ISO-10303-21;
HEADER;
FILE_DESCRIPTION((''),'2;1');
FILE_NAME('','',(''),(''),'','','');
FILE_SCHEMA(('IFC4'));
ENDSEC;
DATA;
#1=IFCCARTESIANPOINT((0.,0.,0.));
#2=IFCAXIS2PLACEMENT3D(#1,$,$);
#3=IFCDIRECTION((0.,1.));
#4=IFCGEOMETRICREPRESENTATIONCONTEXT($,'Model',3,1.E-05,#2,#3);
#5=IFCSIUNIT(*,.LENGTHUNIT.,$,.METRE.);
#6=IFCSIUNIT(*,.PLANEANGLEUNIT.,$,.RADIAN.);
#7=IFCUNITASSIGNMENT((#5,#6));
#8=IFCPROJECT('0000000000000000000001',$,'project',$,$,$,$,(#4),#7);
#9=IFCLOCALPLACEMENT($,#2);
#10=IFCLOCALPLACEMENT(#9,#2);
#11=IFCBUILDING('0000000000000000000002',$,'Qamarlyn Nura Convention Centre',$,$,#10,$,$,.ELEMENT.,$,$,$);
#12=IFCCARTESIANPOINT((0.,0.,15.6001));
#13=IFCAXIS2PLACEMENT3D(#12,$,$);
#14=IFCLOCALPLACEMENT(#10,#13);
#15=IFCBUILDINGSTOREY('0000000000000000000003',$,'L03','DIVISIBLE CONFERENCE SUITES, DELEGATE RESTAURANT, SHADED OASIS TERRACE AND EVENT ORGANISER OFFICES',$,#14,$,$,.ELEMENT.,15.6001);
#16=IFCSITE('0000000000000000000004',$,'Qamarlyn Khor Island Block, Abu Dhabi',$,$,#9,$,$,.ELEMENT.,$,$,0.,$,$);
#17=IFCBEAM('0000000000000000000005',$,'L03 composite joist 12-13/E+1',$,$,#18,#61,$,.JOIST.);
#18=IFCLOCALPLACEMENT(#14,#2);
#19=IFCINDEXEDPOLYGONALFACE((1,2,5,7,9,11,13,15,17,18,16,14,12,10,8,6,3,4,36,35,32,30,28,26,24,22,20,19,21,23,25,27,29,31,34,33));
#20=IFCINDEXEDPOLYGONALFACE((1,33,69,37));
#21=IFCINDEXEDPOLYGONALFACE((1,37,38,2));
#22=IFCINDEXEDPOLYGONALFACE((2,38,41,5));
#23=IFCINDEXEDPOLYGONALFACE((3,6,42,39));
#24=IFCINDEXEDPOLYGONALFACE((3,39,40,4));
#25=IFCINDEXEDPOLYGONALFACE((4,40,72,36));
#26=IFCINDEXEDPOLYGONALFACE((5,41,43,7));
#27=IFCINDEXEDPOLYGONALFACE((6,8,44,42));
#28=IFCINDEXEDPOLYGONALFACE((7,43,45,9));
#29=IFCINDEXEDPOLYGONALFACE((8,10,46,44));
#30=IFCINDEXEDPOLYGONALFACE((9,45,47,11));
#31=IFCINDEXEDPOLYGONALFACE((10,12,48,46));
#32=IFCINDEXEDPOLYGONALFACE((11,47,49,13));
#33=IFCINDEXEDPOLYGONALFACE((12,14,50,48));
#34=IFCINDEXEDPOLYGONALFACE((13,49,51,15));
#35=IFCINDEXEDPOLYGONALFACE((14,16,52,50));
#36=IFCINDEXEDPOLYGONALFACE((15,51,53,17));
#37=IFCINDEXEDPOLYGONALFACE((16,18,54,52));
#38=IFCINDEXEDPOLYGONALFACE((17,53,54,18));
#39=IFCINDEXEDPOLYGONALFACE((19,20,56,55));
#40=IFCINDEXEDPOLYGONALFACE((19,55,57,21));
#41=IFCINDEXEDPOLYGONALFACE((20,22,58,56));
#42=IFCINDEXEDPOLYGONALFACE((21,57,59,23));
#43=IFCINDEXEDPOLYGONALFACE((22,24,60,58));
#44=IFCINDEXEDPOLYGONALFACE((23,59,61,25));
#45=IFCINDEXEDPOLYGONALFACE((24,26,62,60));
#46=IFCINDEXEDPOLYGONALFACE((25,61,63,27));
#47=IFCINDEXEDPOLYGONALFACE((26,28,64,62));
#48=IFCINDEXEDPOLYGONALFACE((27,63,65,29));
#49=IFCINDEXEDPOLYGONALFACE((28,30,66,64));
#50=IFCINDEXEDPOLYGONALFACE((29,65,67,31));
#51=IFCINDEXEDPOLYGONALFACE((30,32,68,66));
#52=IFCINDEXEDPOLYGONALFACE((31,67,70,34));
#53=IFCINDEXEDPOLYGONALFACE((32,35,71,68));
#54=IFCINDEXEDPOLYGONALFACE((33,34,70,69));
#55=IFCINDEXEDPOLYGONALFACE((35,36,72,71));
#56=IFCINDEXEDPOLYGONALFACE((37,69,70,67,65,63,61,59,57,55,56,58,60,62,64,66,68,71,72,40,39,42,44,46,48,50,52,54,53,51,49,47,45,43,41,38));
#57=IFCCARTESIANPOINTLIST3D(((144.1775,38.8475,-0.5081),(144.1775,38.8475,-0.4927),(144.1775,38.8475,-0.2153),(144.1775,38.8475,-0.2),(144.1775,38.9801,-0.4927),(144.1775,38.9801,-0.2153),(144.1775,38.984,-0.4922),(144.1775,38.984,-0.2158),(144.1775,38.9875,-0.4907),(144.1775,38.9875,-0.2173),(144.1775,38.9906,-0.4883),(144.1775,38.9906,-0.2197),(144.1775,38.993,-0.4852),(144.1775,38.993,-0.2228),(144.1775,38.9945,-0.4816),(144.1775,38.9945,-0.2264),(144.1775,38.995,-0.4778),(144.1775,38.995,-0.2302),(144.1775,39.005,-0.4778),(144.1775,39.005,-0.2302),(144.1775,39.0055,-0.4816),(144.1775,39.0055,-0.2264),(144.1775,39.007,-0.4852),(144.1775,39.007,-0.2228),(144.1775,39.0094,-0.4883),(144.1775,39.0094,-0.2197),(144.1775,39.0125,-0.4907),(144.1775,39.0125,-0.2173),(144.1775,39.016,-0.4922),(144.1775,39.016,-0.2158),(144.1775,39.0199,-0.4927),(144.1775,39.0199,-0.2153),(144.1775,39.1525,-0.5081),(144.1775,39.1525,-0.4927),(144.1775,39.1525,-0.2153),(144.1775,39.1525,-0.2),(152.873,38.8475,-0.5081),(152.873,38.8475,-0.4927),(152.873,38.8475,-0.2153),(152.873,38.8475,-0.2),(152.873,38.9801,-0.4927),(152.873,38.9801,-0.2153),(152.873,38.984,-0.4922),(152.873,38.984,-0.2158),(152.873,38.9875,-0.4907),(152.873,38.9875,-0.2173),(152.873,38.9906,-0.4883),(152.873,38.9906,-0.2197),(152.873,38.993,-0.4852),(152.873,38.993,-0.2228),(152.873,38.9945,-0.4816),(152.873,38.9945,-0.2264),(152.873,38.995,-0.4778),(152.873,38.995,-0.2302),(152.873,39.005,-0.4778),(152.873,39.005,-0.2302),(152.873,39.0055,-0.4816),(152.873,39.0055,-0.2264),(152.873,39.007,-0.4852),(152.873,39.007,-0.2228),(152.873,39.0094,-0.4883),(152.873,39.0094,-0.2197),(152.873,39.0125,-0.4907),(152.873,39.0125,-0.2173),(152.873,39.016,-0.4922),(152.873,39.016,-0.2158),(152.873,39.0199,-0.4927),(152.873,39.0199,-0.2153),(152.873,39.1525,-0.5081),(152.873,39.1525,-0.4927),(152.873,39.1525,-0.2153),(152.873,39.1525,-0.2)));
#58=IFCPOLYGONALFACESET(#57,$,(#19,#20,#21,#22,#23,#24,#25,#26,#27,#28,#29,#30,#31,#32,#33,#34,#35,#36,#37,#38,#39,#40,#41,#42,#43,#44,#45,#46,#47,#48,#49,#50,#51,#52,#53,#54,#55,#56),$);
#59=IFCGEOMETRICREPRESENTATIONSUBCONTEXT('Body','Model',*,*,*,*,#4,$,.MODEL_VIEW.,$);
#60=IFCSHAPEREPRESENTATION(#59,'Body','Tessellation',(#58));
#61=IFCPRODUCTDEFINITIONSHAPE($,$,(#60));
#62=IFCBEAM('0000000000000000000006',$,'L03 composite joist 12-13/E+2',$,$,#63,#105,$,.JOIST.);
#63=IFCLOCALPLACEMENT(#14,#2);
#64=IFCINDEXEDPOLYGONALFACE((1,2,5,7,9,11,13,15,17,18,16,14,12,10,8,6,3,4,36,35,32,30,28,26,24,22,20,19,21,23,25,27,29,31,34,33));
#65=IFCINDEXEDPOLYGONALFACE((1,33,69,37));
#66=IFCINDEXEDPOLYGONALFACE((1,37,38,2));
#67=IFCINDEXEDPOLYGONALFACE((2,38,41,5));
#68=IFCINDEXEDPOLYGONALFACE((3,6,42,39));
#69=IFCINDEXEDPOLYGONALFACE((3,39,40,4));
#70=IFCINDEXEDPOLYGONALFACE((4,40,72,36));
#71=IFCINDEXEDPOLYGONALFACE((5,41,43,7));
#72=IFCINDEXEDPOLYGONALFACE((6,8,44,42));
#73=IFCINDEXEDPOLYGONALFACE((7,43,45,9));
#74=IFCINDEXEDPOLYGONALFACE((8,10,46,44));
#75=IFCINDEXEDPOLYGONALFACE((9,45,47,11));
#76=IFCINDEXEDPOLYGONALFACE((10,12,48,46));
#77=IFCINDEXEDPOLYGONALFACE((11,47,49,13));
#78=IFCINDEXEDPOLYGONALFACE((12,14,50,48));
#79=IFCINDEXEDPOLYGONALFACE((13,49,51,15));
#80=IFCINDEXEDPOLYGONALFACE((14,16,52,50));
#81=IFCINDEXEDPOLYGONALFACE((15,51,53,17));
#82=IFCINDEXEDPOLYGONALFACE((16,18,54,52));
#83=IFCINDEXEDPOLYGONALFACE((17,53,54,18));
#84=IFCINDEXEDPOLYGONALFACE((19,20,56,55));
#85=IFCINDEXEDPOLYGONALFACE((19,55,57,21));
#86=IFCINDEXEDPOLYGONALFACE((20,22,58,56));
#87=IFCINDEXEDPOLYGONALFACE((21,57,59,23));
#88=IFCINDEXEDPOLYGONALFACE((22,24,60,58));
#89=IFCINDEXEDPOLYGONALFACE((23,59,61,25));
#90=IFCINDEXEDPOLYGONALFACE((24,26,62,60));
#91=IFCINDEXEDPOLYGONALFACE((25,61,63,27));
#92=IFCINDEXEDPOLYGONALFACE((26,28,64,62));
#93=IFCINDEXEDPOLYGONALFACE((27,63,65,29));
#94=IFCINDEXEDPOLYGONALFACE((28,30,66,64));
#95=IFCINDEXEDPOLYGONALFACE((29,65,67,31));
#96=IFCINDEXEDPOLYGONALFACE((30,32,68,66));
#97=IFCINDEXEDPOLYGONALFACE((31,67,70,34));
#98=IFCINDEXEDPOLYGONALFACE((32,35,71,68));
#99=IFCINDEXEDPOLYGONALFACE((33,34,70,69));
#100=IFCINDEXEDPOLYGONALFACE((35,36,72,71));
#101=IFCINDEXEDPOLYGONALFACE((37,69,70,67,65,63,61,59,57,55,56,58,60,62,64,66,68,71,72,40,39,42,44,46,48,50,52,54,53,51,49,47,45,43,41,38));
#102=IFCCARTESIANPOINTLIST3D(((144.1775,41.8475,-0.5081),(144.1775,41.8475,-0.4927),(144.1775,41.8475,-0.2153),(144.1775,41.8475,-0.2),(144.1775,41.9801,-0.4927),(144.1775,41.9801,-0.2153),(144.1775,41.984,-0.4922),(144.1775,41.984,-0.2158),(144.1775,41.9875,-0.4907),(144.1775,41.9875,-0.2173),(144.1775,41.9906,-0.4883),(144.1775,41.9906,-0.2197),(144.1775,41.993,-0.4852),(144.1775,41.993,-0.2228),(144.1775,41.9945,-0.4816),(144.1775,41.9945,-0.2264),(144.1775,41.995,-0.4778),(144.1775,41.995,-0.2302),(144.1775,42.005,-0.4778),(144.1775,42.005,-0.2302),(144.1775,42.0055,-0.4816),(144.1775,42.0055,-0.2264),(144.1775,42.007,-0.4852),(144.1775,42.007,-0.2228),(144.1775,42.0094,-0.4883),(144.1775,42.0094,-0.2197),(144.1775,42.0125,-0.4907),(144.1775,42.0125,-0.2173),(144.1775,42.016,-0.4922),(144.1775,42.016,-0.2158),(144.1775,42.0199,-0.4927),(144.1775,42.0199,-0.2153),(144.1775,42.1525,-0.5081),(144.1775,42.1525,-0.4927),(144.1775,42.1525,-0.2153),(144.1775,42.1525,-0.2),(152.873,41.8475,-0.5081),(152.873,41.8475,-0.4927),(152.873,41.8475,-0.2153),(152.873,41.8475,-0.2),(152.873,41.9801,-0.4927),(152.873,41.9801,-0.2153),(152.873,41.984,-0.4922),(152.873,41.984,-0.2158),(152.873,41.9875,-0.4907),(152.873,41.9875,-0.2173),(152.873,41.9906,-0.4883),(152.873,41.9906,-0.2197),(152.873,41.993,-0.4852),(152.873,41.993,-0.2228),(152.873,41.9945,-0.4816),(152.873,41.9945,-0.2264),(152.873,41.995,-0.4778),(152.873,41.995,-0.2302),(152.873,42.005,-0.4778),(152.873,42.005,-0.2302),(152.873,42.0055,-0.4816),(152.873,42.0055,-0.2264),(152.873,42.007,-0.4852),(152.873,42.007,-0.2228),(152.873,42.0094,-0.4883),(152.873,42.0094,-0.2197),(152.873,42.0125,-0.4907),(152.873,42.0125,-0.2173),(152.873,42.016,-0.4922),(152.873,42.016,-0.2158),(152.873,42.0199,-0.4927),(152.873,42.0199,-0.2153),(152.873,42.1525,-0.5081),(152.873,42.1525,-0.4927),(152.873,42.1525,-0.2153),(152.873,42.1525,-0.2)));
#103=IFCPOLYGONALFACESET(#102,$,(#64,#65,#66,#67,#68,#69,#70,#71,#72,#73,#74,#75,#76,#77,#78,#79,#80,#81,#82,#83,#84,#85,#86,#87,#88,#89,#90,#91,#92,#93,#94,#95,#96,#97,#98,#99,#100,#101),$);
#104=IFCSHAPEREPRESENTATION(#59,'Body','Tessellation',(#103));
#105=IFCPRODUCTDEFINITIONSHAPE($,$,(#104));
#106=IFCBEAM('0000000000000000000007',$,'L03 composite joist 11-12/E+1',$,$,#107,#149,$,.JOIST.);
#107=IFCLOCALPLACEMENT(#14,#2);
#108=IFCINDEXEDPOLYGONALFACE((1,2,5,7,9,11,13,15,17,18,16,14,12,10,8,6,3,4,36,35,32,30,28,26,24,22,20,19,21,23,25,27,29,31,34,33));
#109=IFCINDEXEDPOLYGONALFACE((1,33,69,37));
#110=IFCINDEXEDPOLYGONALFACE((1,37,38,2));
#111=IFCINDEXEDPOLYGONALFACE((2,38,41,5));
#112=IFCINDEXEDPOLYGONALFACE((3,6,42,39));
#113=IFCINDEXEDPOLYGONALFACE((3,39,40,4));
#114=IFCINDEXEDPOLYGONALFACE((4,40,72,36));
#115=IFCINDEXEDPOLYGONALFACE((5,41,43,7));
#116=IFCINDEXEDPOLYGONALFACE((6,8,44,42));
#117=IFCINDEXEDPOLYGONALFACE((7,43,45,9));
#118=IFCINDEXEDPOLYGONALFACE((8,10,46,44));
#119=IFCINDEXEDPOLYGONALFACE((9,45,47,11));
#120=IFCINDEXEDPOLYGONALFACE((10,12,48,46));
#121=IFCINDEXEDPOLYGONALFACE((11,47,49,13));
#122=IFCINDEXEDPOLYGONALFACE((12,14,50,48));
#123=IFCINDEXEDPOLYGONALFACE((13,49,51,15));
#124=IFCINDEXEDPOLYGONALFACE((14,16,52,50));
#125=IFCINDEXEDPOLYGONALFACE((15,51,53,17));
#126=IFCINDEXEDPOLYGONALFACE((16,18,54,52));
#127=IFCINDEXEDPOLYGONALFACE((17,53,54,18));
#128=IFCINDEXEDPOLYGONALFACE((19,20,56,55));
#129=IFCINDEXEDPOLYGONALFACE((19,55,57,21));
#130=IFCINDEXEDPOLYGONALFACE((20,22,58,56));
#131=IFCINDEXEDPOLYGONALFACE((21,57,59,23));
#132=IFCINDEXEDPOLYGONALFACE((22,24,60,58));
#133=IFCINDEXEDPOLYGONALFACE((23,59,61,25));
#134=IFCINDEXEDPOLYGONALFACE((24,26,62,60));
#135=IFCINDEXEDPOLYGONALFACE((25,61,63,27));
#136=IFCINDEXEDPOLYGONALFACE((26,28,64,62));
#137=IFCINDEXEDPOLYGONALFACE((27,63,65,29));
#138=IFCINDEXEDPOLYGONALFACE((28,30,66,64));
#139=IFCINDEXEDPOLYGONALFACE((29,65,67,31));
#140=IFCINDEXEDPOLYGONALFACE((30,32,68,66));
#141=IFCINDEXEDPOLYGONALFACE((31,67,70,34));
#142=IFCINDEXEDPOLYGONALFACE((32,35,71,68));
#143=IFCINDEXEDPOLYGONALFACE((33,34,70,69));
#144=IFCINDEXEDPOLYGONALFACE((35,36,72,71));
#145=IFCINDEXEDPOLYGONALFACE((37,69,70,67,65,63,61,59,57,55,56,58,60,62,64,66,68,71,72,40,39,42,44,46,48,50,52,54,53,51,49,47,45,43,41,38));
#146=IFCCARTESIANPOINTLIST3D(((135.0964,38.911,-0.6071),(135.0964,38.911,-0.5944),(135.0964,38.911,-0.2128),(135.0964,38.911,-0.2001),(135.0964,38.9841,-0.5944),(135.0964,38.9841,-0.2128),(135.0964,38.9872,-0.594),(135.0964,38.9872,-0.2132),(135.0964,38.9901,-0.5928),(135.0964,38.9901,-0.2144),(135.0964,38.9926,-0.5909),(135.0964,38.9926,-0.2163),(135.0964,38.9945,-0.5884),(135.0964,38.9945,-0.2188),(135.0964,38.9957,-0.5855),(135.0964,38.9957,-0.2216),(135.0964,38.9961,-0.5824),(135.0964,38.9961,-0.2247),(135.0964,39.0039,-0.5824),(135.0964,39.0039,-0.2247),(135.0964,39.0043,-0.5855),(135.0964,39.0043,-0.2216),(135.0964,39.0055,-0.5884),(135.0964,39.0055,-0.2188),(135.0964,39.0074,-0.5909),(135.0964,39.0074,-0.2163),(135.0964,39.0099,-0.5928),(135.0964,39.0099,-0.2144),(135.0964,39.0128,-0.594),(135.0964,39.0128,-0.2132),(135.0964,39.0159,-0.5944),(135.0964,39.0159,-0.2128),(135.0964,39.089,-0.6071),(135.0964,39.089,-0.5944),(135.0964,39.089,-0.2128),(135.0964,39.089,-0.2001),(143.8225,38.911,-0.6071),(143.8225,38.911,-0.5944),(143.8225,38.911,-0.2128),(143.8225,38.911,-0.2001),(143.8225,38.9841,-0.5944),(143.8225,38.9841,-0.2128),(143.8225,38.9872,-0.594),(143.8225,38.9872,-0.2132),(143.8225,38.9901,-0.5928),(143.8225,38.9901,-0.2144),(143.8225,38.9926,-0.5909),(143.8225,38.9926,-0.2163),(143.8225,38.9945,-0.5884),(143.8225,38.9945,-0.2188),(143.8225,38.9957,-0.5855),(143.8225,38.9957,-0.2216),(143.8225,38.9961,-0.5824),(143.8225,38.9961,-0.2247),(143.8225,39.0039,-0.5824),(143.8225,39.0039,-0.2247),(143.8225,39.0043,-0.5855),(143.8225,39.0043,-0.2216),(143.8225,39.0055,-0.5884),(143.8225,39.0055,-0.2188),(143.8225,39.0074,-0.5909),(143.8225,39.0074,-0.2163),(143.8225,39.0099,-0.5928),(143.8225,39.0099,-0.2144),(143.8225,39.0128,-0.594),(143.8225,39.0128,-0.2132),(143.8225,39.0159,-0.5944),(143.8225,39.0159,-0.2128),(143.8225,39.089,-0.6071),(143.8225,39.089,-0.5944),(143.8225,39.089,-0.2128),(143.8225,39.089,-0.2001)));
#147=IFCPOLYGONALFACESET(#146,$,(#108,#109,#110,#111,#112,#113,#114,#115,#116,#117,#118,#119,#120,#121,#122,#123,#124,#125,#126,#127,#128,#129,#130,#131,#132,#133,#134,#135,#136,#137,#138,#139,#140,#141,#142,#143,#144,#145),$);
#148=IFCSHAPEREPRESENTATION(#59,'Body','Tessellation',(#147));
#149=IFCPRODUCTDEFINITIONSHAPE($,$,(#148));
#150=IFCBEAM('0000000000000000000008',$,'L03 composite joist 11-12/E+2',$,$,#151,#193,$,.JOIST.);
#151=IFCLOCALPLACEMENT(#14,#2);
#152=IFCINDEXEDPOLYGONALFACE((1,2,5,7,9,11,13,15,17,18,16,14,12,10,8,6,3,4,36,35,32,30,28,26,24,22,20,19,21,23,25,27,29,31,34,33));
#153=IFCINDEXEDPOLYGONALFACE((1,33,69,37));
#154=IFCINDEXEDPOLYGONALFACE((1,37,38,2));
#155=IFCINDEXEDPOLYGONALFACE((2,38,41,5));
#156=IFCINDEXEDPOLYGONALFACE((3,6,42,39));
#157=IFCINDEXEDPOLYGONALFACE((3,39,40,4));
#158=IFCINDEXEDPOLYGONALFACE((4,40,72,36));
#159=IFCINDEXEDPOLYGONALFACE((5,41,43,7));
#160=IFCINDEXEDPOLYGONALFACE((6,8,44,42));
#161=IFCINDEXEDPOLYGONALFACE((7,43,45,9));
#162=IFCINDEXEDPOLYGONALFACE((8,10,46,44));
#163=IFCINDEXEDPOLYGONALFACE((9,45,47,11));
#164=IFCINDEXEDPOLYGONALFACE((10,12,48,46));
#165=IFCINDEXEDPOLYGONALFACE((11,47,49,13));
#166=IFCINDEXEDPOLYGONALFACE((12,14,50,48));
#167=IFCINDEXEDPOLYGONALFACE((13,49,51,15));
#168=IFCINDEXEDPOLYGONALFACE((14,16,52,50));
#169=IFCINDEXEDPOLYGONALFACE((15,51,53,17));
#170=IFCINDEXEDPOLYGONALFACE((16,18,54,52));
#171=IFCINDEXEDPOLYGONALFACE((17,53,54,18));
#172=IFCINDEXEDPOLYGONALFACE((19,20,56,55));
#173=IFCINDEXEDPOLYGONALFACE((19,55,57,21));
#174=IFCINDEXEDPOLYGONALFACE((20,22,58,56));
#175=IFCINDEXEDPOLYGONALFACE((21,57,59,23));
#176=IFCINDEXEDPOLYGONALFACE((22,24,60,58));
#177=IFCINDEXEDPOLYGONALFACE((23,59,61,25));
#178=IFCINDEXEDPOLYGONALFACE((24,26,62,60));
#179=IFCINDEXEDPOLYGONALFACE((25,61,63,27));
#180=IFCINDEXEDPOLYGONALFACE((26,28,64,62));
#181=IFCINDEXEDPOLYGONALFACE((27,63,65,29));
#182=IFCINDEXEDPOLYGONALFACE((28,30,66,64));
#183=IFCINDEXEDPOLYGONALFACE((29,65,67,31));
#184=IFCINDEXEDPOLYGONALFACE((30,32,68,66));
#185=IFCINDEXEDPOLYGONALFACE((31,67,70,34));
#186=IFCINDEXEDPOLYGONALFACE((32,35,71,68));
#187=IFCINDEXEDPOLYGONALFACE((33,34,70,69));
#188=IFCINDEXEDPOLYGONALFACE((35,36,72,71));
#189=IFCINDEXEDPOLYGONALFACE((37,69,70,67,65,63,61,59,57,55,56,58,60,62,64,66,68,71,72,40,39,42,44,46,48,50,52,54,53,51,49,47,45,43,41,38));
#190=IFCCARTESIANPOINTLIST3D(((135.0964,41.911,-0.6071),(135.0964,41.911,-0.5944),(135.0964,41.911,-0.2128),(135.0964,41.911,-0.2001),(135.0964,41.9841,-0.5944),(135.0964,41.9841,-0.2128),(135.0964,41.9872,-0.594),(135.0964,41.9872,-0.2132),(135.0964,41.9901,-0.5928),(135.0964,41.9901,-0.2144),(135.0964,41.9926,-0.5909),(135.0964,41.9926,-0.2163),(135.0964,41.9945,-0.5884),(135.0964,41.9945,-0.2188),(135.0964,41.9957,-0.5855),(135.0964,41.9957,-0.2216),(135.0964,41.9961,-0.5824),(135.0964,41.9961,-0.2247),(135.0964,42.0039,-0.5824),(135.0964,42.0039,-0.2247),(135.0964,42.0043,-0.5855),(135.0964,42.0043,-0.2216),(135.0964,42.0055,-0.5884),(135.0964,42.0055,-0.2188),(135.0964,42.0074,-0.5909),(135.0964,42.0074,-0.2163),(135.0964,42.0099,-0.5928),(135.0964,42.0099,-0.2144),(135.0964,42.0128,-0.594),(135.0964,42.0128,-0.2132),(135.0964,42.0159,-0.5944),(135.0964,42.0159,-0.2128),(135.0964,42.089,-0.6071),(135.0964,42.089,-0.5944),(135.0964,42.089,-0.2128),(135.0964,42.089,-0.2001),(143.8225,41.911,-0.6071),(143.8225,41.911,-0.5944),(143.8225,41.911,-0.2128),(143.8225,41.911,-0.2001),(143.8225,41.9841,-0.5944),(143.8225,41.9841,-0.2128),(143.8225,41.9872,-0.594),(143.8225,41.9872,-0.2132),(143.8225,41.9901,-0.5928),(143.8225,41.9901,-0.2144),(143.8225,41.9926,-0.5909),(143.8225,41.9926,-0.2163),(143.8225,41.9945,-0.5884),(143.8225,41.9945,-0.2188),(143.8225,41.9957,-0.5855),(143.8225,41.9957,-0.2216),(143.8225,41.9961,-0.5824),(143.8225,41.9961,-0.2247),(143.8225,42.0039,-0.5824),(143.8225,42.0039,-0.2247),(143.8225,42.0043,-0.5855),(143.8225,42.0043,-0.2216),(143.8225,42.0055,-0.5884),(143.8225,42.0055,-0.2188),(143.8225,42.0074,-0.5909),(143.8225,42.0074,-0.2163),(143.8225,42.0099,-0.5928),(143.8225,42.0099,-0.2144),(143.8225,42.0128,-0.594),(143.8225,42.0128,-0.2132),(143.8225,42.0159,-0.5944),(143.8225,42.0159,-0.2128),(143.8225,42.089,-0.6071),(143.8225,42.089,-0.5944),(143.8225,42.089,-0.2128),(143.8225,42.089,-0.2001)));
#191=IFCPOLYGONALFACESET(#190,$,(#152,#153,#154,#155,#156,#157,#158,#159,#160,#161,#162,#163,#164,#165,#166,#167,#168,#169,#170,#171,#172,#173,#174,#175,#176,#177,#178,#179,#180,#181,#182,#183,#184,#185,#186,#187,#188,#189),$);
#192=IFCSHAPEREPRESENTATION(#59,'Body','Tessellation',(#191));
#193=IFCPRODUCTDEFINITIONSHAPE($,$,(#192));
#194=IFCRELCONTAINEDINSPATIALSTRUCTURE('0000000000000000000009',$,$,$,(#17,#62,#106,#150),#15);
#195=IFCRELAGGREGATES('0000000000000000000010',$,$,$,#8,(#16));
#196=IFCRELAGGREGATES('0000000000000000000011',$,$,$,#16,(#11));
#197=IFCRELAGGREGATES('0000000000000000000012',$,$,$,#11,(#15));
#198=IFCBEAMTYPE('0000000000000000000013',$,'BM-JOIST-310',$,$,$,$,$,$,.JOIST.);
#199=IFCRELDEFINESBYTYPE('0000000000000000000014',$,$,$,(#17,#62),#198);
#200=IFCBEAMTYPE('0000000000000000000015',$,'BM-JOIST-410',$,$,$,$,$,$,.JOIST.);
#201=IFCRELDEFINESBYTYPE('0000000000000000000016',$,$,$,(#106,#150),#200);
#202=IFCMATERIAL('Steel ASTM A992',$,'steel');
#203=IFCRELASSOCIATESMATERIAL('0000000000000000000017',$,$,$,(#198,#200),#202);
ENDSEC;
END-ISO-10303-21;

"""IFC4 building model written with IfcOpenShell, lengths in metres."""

from ifc_helpers import new_model, si_unit, direction, frame, origin, origin_2d, place, context, subcontext, project, spatial, i_section, extrude, material, material_profile, profile_set, type_object, element, save


model = new_model("IFC4")

# Units and contexts
model_context = context("Model", 3, precision=1e-05, world=origin(), true_north=direction((0.0, 1.0)))
body_context = subcontext(model_context, "Body", "Model", "MODEL_VIEW")
ifc_project = project(units=[si_unit("LENGTHUNIT", "METRE"), si_unit("PLANEANGLEUNIT", "RADIAN")], contexts=[model_context])

# Site, building, storey
site_placement = place(None, origin())
site = spatial("IfcSite", under=ifc_project, at=site_placement, Name="Qamarlyn Khor Island Block, Abu Dhabi", CompositionType="ELEMENT", RefElevation=0.0)
building_placement = place(site_placement, origin())
building = spatial("IfcBuilding", under=site, at=building_placement, Name="Qamarlyn Nura Convention Centre", CompositionType="ELEMENT")
storey_placement = place(building_placement, frame((0.0, 0.0, 15.6001)))
storey = spatial("IfcBuildingStorey", under=building, at=storey_placement, Name="L03", Description="DIVISIBLE CONFERENCE SUITES, DELEGATE RESTAURANT, SHADED OASIS TERRACE AND EVENT ORGANISER OFFICES", CompositionType="ELEMENT", Elevation=15.6001)

# Shared definitions
ifc_material_1 = material(Name="Steel ASTM A992", Category="steel")

# Beams
ifc_material_profile_1 = material_profile(ifc_material_1, i_section(OverallWidth=0.3049, OverallDepth=0.3081, WebThickness=0.01, FlangeThickness=0.0154, FilletRadius=0.0149, at=origin_2d()), Name="W310X97")
ifc_profile_set_1 = profile_set([ifc_material_profile_1], Name="Steel ASTM A992")
beam_type_1 = type_object("IfcBeamType", Name="BM-JOIST-310", PredefinedType="JOIST", material=ifc_profile_set_1)
for number, where, z_axis, x_axis, name in (
    (1, (144.1775, 39.0, -0.354), (1.0, 0.0, 0.0), (0.0, 1.0, 0.0), "L03 composite joist 12-13/E+1"),
    (2, (144.1775, 42.0, -0.354), (1.0, 0.0, 0.0), (0.0, 1.0, 0.0), "L03 composite joist 12-13/E+2"),
):
    element("IfcBeam", number, at=place(storey_placement, frame(where, z_axis=z_axis, x_axis=x_axis)), inside=storey, type_object=beam_type_1, Name=name, PredefinedType="JOIST", context=body_context, shape_type="SweptSolid", body=[
        extrude(i_section(OverallWidth=0.3049, OverallDepth=0.3081, WebThickness=0.01, FlangeThickness=0.0154, FilletRadius=0.0149, at=origin_2d()), origin(), (0.0, 0.0, 1.0), 8.6956),
    ])
ifc_material_profile_2 = material_profile(ifc_material_1, i_section(OverallWidth=0.178, OverallDepth=0.407, WebThickness=0.0078, FlangeThickness=0.0127, FilletRadius=0.012, at=origin_2d()), Name="W410X60")
ifc_profile_set_2 = profile_set([ifc_material_profile_2], Name="Steel ASTM A992")
beam_type_2 = type_object("IfcBeamType", Name="BM-JOIST-410", PredefinedType="JOIST", material=ifc_profile_set_2)
for number, where, z_axis, x_axis, name in (
    (3, (135.0964, 39.0, -0.4036), (1.0, 0.0, 0.0), (0.0, 1.0, 0.0), "L03 composite joist 11-12/E+1"),
    (4, (135.0964, 42.0, -0.4036), (1.0, 0.0, 0.0), (0.0, 1.0, 0.0), "L03 composite joist 11-12/E+2"),
):
    element("IfcBeam", number, at=place(storey_placement, frame(where, z_axis=z_axis, x_axis=x_axis)), inside=storey, type_object=beam_type_2, Name=name, PredefinedType="JOIST", context=body_context, shape_type="SweptSolid", body=[
        extrude(i_section(OverallWidth=0.178, OverallDepth=0.407, WebThickness=0.0078, FlangeThickness=0.0127, FilletRadius=0.012, at=origin_2d()), origin(), (0.0, 0.0, 1.0), 8.7261),
    ])

save(model, "model.ifc")
